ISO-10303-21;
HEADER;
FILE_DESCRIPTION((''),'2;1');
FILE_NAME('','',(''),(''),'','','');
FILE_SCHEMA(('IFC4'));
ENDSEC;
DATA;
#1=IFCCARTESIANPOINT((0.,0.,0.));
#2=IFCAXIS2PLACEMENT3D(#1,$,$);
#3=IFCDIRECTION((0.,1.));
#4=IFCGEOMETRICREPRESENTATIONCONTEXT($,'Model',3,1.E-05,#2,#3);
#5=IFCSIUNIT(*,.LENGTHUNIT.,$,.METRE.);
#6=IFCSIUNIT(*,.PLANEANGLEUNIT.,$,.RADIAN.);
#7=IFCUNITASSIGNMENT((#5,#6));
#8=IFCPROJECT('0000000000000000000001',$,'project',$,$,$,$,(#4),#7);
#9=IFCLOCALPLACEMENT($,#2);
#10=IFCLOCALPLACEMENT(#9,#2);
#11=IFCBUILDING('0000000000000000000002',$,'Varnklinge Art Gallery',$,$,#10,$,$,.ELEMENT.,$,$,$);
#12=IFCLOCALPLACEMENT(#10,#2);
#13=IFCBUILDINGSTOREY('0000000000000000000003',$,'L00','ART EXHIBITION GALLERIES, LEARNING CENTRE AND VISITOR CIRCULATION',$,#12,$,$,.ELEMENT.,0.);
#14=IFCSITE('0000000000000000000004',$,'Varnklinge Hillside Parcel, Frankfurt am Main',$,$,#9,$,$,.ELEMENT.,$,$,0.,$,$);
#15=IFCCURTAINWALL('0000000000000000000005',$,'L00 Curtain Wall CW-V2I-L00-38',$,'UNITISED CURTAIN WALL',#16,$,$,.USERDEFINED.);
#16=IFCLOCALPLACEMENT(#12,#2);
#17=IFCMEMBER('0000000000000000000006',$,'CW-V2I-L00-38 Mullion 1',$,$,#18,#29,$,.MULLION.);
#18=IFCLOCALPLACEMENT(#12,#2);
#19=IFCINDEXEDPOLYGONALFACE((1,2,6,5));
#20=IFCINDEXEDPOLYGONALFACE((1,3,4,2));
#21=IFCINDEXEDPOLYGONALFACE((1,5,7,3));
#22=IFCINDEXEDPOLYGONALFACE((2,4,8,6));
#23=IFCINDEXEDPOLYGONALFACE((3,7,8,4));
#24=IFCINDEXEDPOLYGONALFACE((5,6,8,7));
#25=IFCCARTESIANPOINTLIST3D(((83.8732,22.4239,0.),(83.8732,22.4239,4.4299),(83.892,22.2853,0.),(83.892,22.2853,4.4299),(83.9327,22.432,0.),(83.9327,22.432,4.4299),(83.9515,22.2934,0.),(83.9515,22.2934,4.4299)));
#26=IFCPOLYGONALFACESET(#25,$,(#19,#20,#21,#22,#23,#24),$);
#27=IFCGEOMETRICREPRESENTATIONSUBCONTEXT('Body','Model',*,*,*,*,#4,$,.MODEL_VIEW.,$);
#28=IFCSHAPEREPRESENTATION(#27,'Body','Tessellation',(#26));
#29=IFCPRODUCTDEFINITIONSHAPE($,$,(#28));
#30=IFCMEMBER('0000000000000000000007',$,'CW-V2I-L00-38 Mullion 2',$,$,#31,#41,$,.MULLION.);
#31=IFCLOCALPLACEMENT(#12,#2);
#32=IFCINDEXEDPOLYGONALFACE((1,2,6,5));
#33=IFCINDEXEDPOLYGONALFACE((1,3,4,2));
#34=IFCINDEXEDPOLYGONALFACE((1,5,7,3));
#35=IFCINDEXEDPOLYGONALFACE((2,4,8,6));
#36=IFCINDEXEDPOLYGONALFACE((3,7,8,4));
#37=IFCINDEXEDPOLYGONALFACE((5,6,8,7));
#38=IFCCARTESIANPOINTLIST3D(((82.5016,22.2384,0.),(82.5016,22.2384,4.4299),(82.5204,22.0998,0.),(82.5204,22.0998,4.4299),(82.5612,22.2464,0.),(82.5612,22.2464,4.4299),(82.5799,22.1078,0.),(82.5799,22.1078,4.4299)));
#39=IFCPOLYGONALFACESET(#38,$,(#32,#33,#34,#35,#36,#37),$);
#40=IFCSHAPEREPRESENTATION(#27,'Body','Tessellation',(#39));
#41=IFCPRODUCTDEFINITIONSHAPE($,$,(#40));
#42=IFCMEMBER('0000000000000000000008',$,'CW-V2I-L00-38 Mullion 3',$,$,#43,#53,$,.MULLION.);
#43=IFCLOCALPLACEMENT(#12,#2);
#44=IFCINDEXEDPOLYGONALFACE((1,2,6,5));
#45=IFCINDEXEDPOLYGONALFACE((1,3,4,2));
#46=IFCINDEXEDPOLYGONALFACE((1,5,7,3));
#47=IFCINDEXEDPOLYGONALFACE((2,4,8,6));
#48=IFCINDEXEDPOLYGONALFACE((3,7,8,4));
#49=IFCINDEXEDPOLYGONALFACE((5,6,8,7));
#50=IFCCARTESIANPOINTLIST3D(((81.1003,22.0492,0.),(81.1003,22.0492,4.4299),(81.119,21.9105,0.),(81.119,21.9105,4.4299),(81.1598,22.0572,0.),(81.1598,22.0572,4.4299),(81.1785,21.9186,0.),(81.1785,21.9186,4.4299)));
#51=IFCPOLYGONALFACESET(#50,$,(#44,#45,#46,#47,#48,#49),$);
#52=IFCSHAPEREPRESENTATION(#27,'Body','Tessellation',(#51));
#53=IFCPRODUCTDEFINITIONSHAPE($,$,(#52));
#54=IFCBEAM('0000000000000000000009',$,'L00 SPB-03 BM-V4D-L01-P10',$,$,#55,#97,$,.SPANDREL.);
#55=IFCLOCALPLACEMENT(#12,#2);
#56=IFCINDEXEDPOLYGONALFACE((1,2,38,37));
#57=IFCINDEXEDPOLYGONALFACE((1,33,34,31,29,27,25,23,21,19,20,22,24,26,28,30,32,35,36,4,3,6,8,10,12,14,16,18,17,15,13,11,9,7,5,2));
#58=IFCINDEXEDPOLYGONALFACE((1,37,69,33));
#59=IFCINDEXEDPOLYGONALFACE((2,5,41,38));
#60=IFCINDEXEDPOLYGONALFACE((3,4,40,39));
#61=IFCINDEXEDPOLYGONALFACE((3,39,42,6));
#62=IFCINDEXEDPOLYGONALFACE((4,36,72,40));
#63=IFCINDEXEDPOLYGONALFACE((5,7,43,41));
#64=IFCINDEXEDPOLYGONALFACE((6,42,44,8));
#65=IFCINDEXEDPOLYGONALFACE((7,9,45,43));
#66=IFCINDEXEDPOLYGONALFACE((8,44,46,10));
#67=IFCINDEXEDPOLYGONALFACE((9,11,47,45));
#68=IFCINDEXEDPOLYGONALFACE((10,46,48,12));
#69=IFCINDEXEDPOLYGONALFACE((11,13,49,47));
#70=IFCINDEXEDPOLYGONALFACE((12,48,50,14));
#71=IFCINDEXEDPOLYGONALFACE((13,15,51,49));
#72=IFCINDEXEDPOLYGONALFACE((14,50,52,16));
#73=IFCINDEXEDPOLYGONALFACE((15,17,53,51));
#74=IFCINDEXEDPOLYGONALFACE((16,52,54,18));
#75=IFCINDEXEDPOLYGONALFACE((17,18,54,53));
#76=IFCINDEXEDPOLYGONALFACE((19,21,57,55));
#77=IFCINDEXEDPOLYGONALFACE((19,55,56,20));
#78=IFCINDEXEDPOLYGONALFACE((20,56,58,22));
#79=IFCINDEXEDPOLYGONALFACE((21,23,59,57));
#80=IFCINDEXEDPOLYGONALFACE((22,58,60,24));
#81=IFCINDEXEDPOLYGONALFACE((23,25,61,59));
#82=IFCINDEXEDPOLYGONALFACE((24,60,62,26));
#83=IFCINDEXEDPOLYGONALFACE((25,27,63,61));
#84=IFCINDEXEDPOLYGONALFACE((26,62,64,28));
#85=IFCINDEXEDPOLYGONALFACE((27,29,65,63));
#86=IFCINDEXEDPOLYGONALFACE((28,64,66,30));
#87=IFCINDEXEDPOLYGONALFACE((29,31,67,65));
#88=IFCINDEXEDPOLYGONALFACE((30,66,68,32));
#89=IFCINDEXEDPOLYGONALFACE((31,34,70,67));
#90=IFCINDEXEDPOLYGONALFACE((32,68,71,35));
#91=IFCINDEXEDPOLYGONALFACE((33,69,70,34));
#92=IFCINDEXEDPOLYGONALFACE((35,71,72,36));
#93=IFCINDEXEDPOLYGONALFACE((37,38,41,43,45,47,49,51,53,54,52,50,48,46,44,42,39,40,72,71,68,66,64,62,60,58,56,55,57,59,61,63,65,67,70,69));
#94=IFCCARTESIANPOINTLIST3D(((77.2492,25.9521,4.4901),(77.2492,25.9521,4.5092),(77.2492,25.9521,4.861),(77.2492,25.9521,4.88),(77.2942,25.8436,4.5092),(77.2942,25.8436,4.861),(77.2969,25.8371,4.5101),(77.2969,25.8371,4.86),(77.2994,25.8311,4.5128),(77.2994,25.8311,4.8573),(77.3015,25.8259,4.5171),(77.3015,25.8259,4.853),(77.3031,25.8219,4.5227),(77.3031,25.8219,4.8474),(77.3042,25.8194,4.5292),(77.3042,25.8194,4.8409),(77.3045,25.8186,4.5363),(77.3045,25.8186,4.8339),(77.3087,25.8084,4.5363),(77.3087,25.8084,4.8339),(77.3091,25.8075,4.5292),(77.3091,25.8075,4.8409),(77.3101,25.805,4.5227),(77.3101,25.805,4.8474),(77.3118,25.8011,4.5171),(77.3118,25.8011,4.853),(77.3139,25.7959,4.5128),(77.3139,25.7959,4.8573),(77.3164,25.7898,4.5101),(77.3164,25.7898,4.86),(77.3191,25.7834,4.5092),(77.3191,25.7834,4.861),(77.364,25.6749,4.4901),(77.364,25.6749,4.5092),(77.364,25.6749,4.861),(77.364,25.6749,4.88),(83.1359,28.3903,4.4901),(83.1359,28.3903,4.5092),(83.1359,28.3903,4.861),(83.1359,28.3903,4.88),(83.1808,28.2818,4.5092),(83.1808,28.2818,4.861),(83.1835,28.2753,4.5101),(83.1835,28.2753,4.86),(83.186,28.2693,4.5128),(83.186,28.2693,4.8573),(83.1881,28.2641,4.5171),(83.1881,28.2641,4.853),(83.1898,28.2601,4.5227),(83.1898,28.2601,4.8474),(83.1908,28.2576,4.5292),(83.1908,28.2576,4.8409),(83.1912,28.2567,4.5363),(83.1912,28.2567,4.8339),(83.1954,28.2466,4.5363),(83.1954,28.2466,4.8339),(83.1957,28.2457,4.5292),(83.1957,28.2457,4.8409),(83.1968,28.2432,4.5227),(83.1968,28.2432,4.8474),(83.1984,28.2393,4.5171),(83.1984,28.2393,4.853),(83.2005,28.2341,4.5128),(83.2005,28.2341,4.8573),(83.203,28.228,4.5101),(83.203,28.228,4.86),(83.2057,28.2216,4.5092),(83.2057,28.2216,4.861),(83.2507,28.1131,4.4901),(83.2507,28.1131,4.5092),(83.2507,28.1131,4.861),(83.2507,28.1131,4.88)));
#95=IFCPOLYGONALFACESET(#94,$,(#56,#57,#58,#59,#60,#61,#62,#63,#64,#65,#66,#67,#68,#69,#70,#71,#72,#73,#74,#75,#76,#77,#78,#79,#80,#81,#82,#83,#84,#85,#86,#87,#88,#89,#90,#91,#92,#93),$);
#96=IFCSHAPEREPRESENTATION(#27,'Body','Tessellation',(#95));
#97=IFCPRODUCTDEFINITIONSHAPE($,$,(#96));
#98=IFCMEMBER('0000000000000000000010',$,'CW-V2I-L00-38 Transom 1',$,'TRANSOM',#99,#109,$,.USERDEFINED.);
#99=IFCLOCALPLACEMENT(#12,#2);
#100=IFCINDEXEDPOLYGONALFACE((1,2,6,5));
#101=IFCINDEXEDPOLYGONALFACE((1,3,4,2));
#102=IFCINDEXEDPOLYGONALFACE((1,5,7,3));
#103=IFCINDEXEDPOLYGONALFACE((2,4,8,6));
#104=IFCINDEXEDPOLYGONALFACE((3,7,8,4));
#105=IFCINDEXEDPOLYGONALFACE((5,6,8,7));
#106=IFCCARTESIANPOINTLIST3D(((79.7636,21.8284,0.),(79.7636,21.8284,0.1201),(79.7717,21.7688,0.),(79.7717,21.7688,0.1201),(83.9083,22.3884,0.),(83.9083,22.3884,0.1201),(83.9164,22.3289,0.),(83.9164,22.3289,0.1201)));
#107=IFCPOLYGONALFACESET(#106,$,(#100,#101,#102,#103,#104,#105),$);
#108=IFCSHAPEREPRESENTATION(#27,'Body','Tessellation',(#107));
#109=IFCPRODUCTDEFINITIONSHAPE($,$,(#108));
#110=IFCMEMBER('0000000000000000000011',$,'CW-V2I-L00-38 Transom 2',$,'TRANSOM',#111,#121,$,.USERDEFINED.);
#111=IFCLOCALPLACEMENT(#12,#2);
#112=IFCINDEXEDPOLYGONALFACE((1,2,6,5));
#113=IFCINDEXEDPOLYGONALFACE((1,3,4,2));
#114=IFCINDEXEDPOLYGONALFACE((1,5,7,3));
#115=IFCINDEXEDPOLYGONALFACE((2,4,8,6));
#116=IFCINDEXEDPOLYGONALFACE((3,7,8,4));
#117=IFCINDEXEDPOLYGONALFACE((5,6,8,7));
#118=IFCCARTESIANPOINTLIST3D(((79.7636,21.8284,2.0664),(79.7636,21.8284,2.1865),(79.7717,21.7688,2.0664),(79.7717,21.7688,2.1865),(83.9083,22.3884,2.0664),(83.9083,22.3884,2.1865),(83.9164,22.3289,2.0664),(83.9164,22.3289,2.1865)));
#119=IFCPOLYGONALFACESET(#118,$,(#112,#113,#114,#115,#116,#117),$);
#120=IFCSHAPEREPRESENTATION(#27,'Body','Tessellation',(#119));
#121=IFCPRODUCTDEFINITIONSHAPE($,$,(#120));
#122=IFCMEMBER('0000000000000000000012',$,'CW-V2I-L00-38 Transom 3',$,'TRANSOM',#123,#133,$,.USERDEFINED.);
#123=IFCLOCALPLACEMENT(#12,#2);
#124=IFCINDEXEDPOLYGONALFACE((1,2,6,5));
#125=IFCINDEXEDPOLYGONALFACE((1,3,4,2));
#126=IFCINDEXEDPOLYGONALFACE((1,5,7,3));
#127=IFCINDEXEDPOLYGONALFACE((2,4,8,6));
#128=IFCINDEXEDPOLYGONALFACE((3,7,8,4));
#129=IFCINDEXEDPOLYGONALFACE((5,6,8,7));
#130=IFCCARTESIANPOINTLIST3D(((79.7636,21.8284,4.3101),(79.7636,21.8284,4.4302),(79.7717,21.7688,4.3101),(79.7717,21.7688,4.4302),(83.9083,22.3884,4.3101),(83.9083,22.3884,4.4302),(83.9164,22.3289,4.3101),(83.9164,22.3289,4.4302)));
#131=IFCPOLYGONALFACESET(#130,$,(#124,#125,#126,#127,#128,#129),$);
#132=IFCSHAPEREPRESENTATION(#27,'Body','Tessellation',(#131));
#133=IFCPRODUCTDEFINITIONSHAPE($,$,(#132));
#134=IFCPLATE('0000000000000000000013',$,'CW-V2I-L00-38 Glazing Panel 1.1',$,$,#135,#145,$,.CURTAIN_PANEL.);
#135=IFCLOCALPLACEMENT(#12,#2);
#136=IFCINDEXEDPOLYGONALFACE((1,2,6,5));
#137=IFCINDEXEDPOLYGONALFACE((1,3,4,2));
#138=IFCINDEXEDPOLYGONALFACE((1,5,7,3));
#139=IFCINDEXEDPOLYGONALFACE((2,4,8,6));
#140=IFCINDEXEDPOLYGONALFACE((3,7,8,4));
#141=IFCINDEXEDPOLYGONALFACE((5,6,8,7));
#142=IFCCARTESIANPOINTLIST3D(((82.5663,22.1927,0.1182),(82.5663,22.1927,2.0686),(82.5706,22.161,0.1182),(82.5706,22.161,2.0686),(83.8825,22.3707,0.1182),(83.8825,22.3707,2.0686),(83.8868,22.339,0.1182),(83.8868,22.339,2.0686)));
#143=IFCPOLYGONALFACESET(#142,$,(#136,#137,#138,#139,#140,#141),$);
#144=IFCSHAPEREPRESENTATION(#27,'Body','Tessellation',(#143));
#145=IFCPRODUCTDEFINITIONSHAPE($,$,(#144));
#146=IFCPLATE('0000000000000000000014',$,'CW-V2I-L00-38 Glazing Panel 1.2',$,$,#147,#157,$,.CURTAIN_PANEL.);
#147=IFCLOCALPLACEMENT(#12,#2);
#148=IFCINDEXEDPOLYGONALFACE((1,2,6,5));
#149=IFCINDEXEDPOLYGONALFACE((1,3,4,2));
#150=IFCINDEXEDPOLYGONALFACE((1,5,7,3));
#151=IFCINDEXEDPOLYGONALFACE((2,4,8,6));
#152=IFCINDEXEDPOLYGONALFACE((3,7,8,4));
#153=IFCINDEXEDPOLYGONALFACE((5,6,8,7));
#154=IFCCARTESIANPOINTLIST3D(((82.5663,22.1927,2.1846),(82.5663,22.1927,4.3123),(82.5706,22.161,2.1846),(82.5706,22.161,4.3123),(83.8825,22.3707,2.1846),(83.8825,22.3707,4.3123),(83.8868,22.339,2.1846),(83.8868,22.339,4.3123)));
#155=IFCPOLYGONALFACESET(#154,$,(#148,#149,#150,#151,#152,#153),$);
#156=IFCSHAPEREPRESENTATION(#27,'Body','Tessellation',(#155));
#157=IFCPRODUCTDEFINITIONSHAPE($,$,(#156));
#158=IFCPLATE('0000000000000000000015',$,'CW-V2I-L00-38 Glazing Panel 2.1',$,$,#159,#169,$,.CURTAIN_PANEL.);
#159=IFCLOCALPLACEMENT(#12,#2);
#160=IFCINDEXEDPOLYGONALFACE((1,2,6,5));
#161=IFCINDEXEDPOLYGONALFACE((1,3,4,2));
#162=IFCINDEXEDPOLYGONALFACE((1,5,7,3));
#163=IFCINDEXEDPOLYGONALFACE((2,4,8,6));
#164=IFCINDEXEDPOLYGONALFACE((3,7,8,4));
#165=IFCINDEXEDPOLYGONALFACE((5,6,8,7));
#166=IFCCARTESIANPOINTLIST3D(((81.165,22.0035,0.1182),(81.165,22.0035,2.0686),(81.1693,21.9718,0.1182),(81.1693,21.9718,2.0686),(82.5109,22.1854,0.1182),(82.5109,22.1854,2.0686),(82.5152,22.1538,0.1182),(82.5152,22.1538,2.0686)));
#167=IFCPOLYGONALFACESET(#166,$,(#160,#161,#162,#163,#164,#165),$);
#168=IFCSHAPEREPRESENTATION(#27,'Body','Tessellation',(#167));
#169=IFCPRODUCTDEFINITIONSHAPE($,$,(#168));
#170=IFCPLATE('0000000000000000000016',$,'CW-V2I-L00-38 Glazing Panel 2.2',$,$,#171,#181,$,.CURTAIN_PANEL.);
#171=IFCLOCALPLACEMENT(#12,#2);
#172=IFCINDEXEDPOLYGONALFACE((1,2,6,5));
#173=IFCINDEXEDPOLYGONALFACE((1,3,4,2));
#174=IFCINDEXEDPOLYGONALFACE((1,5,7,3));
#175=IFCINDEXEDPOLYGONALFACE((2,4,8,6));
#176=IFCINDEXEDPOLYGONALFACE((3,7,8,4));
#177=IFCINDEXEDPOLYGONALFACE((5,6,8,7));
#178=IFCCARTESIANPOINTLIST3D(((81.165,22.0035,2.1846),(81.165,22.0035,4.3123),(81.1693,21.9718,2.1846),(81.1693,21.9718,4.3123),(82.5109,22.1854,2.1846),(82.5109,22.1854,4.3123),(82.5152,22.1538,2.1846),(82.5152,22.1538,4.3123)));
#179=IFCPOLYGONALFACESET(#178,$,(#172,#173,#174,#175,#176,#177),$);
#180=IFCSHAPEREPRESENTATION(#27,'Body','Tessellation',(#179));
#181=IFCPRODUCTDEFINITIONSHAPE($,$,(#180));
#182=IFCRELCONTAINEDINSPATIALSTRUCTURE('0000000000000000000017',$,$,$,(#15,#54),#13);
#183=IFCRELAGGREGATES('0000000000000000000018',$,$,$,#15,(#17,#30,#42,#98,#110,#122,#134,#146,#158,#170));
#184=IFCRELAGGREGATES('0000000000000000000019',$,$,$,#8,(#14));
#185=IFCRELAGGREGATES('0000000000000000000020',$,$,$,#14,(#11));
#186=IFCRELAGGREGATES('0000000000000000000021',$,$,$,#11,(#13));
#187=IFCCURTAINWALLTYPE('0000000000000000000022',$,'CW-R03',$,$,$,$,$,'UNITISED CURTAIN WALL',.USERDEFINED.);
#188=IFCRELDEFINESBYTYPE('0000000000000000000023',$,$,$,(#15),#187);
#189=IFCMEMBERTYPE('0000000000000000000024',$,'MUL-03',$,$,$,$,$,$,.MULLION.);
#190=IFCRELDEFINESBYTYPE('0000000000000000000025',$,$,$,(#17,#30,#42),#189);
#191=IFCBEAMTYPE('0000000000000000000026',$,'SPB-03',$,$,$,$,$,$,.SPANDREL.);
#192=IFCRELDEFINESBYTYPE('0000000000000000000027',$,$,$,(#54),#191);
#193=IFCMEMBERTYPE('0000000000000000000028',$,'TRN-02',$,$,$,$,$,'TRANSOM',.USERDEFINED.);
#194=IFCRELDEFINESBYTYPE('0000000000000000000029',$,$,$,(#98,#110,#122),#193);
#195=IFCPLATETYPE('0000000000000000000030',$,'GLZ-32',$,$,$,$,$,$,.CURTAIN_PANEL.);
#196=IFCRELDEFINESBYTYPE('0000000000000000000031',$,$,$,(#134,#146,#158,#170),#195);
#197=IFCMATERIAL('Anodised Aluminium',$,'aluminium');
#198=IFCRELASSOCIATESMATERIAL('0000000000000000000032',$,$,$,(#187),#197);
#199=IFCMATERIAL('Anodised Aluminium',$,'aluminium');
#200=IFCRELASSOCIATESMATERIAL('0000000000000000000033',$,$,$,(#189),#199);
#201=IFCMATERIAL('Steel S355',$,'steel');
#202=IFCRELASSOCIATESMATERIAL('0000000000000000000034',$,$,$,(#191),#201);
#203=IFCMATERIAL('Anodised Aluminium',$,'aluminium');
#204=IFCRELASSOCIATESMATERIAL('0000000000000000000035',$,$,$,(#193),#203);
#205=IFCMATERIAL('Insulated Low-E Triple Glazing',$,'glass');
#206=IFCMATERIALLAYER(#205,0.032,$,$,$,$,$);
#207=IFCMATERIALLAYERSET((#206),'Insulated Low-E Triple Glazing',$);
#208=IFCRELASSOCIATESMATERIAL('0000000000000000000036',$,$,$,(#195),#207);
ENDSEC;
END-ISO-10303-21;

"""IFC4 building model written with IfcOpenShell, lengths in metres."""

from ifc_helpers import new_model, si_unit, direction, frame, origin, origin_2d, place, context, subcontext, project, spatial, rectangle, i_section, extrude, material, layer, layer_set, material_profile, profile_set, type_object, element, aggregate, save


model = new_model("IFC4")

# Units and contexts
model_context = context("Model", 3, precision=1e-05, world=origin(), true_north=direction((0.0, 1.0)))
body_context = subcontext(model_context, "Body", "Model", "MODEL_VIEW")
ifc_project = project(units=[si_unit("LENGTHUNIT", "METRE"), si_unit("PLANEANGLEUNIT", "RADIAN")], contexts=[model_context])

# Site, building, storey
site_placement = place(None, origin())
site = spatial("IfcSite", under=ifc_project, at=site_placement, Name="Varnklinge Hillside Parcel, Frankfurt am Main", CompositionType="ELEMENT", RefElevation=0.0)
building_placement = place(site_placement, origin())
building = spatial("IfcBuilding", under=site, at=building_placement, Name="Varnklinge Art Gallery", CompositionType="ELEMENT")
storey_placement = place(building_placement, origin())
storey = spatial("IfcBuildingStorey", under=building, at=storey_placement, Name="L00", Description="ART EXHIBITION GALLERIES, LEARNING CENTRE AND VISITOR CIRCULATION", CompositionType="ELEMENT", Elevation=0.0)

# Curtain wall, members
ifc_material_1 = material(Name="Anodised Aluminium", Category="aluminium")
curtain_wall_type = type_object("IfcCurtainWallType", Name="CW-R03", ElementType="UNITISED CURTAIN WALL", PredefinedType="USERDEFINED", material=ifc_material_1)
curtain_wall_placement = place(storey_placement, origin())
curtain_wall = element("IfcCurtainWall", 1, at=curtain_wall_placement, inside=storey, type_object=curtain_wall_type, Name="L00 Curtain Wall CW-V2I-L00-38", ObjectType="UNITISED CURTAIN WALL", PredefinedType="USERDEFINED")
ifc_material_2 = material(Name="Anodised Aluminium", Category="aluminium")
ifc_material_profile_1 = material_profile(ifc_material_2, rectangle(XDim=0.0601, YDim=0.1399, at=origin_2d()), Name="ALU 60x140")
ifc_profile_set_1 = profile_set([ifc_material_profile_1], Name="Anodised Aluminium")
member_type_1 = type_object("IfcMemberType", Name="MUL-03", PredefinedType="MULLION", material=ifc_profile_set_1)
member_1_placement = place(storey_placement, frame((83.9124, 22.3586, 0.0), z_axis=(0.0, 0.0, 1.0), x_axis=(-0.990983, -0.133986, 0.0)))
member_1 = element("IfcMember", 2, at=member_1_placement, type_object=member_type_1, Name="CW-V2I-L00-38 Mullion 1", PredefinedType="MULLION", context=body_context, shape_type="SweptSolid", body=[
    extrude(rectangle(XDim=0.0601, YDim=0.1399, at=origin_2d()), origin(), (0.0, 0.0, 1.0), 4.4299),
])
member_2_placement = place(storey_placement, frame((82.5408, 22.1731, 0.0), z_axis=(0.0, 0.0, 1.0), x_axis=(-0.990983, -0.133986, 0.0)))
member_2 = element("IfcMember", 3, at=member_2_placement, type_object=member_type_1, Name="CW-V2I-L00-38 Mullion 2", PredefinedType="MULLION", context=body_context, shape_type="SweptSolid", body=[
    extrude(rectangle(XDim=0.0601, YDim=0.1399, at=origin_2d()), origin(), (0.0, 0.0, 1.0), 4.4299),
])
member_3_placement = place(storey_placement, frame((81.1394, 21.9839, 0.0), z_axis=(0.0, 0.0, 1.0), x_axis=(-0.990983, -0.133986, 0.0)))
member_3 = element("IfcMember", 4, at=member_3_placement, type_object=member_type_1, Name="CW-V2I-L00-38 Mullion 3", PredefinedType="MULLION", context=body_context, shape_type="SweptSolid", body=[
    extrude(rectangle(XDim=0.0601, YDim=0.1399, at=origin_2d()), origin(), (0.0, 0.0, 1.0), 4.4299),
])

# Beam
ifc_material_3 = material(Name="Steel S355", Category="steel")
ifc_material_profile_2 = material_profile(ifc_material_3, i_section(OverallWidth=0.3, OverallDepth=0.3899, WebThickness=0.011, FlangeThickness=0.019, FilletRadius=0.0271, at=origin_2d()), Name="HEA 400")
ifc_profile_set_2 = profile_set([ifc_material_profile_2], Name="Steel S355")
beam_type_1 = type_object("IfcBeamType", Name="SPB-03", PredefinedType="SPANDREL", material=ifc_profile_set_2)
beam_1_placement = place(storey_placement, frame((77.3066, 25.8135, 4.6851), z_axis=(0.923887, 0.382667, 0.0), x_axis=(-0.382667, 0.923887, 0.0)))
element("IfcBeam", 5, at=beam_1_placement, inside=storey, type_object=beam_type_1, Name="L00 SPB-03 BM-V4D-L01-P10", PredefinedType="SPANDREL", context=body_context, shape_type="SweptSolid", body=[
    extrude(i_section(OverallWidth=0.3, OverallDepth=0.3899, WebThickness=0.011, FlangeThickness=0.019, FilletRadius=0.0271, at=origin_2d()), origin(), (0.0, 0.0, 1.0), 6.3716),
])

# Members
ifc_material_4 = material(Name="Anodised Aluminium", Category="aluminium")
ifc_material_profile_3 = material_profile(ifc_material_4, rectangle(XDim=0.0601, YDim=0.1201, at=origin_2d()), Name="ALU 60x120")
ifc_profile_set_3 = profile_set([ifc_material_profile_3], Name="Anodised Aluminium")
member_type_2 = type_object("IfcMemberType", Name="TRN-02", ElementType="TRANSOM", PredefinedType="USERDEFINED", material=ifc_profile_set_3)
member_4_placement = place(storey_placement, frame((83.9124, 22.3586, 0.0601), z_axis=(-0.990994, -0.133907, 0.0), x_axis=(0.133907, -0.990994, 0.0)))
member_4 = element("IfcMember", 6, at=member_4_placement, type_object=member_type_2, Name="CW-V2I-L00-38 Transom 1", ObjectType="TRANSOM", PredefinedType="USERDEFINED", context=body_context, shape_type="SweptSolid", body=[
    extrude(rectangle(XDim=0.0601, YDim=0.1201, at=origin_2d()), origin(), (0.0, 0.0, 1.0), 4.1824),
])
member_5_placement = place(storey_placement, frame((83.9124, 22.3586, 2.1265), z_axis=(-0.990994, -0.133907, 0.0), x_axis=(0.133907, -0.990994, 0.0)))
member_5 = element("IfcMember", 7, at=member_5_placement, type_object=member_type_2, Name="CW-V2I-L00-38 Transom 2", ObjectType="TRANSOM", PredefinedType="USERDEFINED", context=body_context, shape_type="SweptSolid", body=[
    extrude(rectangle(XDim=0.0601, YDim=0.1201, at=origin_2d()), origin(), (0.0, 0.0, 1.0), 4.1824),
])
member_6_placement = place(storey_placement, frame((83.9124, 22.3586, 4.3701), z_axis=(-0.990994, -0.133907, 0.0), x_axis=(0.133907, -0.990994, 0.0)))
member_6 = element("IfcMember", 8, at=member_6_placement, type_object=member_type_2, Name="CW-V2I-L00-38 Transom 3", ObjectType="TRANSOM", PredefinedType="USERDEFINED", context=body_context, shape_type="SweptSolid", body=[
    extrude(rectangle(XDim=0.0601, YDim=0.1201, at=origin_2d()), origin(), (0.0, 0.0, 1.0), 4.1824),
])

# Plates
ifc_material_5 = material(Name="Insulated Low-E Triple Glazing", Category="glass")
ifc_layer_1 = layer(ifc_material_5, 0.032)
ifc_layer_set_1 = layer_set([ifc_layer_1], Name="Insulated Low-E Triple Glazing")
plate_type = type_object("IfcPlateType", Name="GLZ-32", PredefinedType="CURTAIN_PANEL", material=ifc_layer_set_1)
plate_1_placement = place(storey_placement, frame((83.2266, 22.2659, 0.1182), z_axis=(0.0, 0.0, 1.0), x_axis=(-0.990983, -0.133986, 0.0)))
plate_1 = element("IfcPlate", 9, at=plate_1_placement, type_object=plate_type, Name="CW-V2I-L00-38 Glazing Panel 1.1", PredefinedType="CURTAIN_PANEL", context=body_context, shape_type="SweptSolid", body=[
    extrude(rectangle(XDim=1.3281, YDim=0.032, at=origin_2d()), origin(), (0.0, 0.0, 1.0), 1.9504),
])
plate_2_placement = place(storey_placement, frame((83.2266, 22.2659, 2.1846), z_axis=(0.0, 0.0, 1.0), x_axis=(-0.990983, -0.133986, 0.0)))
plate_2 = element("IfcPlate", 10, at=plate_2_placement, type_object=plate_type, Name="CW-V2I-L00-38 Glazing Panel 1.2", PredefinedType="CURTAIN_PANEL", context=body_context, shape_type="SweptSolid", body=[
    extrude(rectangle(XDim=1.3281, YDim=0.032, at=origin_2d()), origin(), (0.0, 0.0, 1.0), 2.1277),
])
plate_3_placement = place(storey_placement, frame((81.8401, 22.0786, 0.1182), z_axis=(0.0, 0.0, 1.0), x_axis=(-0.990983, -0.133986, 0.0)))
plate_3 = element("IfcPlate", 11, at=plate_3_placement, type_object=plate_type, Name="CW-V2I-L00-38 Glazing Panel 2.1", PredefinedType="CURTAIN_PANEL", context=body_context, shape_type="SweptSolid", body=[
    extrude(rectangle(XDim=1.3582, YDim=0.032, at=origin_2d()), origin(), (0.0, 0.0, 1.0), 1.9504),
])
plate_4_placement = place(storey_placement, frame((81.8401, 22.0786, 2.1846), z_axis=(0.0, 0.0, 1.0), x_axis=(-0.990983, -0.133986, 0.0)))
plate_4 = element("IfcPlate", 12, at=plate_4_placement, type_object=plate_type, Name="CW-V2I-L00-38 Glazing Panel 2.2", PredefinedType="CURTAIN_PANEL", context=body_context, shape_type="SweptSolid", body=[
    extrude(rectangle(XDim=1.3582, YDim=0.032, at=origin_2d()), origin(), (0.0, 0.0, 1.0), 2.1277),
])
aggregate(curtain_wall, [member_1, member_2, member_3, member_4, member_5, member_6, plate_1, plate_2, plate_3, plate_4])

save(model, "model.ifc")
